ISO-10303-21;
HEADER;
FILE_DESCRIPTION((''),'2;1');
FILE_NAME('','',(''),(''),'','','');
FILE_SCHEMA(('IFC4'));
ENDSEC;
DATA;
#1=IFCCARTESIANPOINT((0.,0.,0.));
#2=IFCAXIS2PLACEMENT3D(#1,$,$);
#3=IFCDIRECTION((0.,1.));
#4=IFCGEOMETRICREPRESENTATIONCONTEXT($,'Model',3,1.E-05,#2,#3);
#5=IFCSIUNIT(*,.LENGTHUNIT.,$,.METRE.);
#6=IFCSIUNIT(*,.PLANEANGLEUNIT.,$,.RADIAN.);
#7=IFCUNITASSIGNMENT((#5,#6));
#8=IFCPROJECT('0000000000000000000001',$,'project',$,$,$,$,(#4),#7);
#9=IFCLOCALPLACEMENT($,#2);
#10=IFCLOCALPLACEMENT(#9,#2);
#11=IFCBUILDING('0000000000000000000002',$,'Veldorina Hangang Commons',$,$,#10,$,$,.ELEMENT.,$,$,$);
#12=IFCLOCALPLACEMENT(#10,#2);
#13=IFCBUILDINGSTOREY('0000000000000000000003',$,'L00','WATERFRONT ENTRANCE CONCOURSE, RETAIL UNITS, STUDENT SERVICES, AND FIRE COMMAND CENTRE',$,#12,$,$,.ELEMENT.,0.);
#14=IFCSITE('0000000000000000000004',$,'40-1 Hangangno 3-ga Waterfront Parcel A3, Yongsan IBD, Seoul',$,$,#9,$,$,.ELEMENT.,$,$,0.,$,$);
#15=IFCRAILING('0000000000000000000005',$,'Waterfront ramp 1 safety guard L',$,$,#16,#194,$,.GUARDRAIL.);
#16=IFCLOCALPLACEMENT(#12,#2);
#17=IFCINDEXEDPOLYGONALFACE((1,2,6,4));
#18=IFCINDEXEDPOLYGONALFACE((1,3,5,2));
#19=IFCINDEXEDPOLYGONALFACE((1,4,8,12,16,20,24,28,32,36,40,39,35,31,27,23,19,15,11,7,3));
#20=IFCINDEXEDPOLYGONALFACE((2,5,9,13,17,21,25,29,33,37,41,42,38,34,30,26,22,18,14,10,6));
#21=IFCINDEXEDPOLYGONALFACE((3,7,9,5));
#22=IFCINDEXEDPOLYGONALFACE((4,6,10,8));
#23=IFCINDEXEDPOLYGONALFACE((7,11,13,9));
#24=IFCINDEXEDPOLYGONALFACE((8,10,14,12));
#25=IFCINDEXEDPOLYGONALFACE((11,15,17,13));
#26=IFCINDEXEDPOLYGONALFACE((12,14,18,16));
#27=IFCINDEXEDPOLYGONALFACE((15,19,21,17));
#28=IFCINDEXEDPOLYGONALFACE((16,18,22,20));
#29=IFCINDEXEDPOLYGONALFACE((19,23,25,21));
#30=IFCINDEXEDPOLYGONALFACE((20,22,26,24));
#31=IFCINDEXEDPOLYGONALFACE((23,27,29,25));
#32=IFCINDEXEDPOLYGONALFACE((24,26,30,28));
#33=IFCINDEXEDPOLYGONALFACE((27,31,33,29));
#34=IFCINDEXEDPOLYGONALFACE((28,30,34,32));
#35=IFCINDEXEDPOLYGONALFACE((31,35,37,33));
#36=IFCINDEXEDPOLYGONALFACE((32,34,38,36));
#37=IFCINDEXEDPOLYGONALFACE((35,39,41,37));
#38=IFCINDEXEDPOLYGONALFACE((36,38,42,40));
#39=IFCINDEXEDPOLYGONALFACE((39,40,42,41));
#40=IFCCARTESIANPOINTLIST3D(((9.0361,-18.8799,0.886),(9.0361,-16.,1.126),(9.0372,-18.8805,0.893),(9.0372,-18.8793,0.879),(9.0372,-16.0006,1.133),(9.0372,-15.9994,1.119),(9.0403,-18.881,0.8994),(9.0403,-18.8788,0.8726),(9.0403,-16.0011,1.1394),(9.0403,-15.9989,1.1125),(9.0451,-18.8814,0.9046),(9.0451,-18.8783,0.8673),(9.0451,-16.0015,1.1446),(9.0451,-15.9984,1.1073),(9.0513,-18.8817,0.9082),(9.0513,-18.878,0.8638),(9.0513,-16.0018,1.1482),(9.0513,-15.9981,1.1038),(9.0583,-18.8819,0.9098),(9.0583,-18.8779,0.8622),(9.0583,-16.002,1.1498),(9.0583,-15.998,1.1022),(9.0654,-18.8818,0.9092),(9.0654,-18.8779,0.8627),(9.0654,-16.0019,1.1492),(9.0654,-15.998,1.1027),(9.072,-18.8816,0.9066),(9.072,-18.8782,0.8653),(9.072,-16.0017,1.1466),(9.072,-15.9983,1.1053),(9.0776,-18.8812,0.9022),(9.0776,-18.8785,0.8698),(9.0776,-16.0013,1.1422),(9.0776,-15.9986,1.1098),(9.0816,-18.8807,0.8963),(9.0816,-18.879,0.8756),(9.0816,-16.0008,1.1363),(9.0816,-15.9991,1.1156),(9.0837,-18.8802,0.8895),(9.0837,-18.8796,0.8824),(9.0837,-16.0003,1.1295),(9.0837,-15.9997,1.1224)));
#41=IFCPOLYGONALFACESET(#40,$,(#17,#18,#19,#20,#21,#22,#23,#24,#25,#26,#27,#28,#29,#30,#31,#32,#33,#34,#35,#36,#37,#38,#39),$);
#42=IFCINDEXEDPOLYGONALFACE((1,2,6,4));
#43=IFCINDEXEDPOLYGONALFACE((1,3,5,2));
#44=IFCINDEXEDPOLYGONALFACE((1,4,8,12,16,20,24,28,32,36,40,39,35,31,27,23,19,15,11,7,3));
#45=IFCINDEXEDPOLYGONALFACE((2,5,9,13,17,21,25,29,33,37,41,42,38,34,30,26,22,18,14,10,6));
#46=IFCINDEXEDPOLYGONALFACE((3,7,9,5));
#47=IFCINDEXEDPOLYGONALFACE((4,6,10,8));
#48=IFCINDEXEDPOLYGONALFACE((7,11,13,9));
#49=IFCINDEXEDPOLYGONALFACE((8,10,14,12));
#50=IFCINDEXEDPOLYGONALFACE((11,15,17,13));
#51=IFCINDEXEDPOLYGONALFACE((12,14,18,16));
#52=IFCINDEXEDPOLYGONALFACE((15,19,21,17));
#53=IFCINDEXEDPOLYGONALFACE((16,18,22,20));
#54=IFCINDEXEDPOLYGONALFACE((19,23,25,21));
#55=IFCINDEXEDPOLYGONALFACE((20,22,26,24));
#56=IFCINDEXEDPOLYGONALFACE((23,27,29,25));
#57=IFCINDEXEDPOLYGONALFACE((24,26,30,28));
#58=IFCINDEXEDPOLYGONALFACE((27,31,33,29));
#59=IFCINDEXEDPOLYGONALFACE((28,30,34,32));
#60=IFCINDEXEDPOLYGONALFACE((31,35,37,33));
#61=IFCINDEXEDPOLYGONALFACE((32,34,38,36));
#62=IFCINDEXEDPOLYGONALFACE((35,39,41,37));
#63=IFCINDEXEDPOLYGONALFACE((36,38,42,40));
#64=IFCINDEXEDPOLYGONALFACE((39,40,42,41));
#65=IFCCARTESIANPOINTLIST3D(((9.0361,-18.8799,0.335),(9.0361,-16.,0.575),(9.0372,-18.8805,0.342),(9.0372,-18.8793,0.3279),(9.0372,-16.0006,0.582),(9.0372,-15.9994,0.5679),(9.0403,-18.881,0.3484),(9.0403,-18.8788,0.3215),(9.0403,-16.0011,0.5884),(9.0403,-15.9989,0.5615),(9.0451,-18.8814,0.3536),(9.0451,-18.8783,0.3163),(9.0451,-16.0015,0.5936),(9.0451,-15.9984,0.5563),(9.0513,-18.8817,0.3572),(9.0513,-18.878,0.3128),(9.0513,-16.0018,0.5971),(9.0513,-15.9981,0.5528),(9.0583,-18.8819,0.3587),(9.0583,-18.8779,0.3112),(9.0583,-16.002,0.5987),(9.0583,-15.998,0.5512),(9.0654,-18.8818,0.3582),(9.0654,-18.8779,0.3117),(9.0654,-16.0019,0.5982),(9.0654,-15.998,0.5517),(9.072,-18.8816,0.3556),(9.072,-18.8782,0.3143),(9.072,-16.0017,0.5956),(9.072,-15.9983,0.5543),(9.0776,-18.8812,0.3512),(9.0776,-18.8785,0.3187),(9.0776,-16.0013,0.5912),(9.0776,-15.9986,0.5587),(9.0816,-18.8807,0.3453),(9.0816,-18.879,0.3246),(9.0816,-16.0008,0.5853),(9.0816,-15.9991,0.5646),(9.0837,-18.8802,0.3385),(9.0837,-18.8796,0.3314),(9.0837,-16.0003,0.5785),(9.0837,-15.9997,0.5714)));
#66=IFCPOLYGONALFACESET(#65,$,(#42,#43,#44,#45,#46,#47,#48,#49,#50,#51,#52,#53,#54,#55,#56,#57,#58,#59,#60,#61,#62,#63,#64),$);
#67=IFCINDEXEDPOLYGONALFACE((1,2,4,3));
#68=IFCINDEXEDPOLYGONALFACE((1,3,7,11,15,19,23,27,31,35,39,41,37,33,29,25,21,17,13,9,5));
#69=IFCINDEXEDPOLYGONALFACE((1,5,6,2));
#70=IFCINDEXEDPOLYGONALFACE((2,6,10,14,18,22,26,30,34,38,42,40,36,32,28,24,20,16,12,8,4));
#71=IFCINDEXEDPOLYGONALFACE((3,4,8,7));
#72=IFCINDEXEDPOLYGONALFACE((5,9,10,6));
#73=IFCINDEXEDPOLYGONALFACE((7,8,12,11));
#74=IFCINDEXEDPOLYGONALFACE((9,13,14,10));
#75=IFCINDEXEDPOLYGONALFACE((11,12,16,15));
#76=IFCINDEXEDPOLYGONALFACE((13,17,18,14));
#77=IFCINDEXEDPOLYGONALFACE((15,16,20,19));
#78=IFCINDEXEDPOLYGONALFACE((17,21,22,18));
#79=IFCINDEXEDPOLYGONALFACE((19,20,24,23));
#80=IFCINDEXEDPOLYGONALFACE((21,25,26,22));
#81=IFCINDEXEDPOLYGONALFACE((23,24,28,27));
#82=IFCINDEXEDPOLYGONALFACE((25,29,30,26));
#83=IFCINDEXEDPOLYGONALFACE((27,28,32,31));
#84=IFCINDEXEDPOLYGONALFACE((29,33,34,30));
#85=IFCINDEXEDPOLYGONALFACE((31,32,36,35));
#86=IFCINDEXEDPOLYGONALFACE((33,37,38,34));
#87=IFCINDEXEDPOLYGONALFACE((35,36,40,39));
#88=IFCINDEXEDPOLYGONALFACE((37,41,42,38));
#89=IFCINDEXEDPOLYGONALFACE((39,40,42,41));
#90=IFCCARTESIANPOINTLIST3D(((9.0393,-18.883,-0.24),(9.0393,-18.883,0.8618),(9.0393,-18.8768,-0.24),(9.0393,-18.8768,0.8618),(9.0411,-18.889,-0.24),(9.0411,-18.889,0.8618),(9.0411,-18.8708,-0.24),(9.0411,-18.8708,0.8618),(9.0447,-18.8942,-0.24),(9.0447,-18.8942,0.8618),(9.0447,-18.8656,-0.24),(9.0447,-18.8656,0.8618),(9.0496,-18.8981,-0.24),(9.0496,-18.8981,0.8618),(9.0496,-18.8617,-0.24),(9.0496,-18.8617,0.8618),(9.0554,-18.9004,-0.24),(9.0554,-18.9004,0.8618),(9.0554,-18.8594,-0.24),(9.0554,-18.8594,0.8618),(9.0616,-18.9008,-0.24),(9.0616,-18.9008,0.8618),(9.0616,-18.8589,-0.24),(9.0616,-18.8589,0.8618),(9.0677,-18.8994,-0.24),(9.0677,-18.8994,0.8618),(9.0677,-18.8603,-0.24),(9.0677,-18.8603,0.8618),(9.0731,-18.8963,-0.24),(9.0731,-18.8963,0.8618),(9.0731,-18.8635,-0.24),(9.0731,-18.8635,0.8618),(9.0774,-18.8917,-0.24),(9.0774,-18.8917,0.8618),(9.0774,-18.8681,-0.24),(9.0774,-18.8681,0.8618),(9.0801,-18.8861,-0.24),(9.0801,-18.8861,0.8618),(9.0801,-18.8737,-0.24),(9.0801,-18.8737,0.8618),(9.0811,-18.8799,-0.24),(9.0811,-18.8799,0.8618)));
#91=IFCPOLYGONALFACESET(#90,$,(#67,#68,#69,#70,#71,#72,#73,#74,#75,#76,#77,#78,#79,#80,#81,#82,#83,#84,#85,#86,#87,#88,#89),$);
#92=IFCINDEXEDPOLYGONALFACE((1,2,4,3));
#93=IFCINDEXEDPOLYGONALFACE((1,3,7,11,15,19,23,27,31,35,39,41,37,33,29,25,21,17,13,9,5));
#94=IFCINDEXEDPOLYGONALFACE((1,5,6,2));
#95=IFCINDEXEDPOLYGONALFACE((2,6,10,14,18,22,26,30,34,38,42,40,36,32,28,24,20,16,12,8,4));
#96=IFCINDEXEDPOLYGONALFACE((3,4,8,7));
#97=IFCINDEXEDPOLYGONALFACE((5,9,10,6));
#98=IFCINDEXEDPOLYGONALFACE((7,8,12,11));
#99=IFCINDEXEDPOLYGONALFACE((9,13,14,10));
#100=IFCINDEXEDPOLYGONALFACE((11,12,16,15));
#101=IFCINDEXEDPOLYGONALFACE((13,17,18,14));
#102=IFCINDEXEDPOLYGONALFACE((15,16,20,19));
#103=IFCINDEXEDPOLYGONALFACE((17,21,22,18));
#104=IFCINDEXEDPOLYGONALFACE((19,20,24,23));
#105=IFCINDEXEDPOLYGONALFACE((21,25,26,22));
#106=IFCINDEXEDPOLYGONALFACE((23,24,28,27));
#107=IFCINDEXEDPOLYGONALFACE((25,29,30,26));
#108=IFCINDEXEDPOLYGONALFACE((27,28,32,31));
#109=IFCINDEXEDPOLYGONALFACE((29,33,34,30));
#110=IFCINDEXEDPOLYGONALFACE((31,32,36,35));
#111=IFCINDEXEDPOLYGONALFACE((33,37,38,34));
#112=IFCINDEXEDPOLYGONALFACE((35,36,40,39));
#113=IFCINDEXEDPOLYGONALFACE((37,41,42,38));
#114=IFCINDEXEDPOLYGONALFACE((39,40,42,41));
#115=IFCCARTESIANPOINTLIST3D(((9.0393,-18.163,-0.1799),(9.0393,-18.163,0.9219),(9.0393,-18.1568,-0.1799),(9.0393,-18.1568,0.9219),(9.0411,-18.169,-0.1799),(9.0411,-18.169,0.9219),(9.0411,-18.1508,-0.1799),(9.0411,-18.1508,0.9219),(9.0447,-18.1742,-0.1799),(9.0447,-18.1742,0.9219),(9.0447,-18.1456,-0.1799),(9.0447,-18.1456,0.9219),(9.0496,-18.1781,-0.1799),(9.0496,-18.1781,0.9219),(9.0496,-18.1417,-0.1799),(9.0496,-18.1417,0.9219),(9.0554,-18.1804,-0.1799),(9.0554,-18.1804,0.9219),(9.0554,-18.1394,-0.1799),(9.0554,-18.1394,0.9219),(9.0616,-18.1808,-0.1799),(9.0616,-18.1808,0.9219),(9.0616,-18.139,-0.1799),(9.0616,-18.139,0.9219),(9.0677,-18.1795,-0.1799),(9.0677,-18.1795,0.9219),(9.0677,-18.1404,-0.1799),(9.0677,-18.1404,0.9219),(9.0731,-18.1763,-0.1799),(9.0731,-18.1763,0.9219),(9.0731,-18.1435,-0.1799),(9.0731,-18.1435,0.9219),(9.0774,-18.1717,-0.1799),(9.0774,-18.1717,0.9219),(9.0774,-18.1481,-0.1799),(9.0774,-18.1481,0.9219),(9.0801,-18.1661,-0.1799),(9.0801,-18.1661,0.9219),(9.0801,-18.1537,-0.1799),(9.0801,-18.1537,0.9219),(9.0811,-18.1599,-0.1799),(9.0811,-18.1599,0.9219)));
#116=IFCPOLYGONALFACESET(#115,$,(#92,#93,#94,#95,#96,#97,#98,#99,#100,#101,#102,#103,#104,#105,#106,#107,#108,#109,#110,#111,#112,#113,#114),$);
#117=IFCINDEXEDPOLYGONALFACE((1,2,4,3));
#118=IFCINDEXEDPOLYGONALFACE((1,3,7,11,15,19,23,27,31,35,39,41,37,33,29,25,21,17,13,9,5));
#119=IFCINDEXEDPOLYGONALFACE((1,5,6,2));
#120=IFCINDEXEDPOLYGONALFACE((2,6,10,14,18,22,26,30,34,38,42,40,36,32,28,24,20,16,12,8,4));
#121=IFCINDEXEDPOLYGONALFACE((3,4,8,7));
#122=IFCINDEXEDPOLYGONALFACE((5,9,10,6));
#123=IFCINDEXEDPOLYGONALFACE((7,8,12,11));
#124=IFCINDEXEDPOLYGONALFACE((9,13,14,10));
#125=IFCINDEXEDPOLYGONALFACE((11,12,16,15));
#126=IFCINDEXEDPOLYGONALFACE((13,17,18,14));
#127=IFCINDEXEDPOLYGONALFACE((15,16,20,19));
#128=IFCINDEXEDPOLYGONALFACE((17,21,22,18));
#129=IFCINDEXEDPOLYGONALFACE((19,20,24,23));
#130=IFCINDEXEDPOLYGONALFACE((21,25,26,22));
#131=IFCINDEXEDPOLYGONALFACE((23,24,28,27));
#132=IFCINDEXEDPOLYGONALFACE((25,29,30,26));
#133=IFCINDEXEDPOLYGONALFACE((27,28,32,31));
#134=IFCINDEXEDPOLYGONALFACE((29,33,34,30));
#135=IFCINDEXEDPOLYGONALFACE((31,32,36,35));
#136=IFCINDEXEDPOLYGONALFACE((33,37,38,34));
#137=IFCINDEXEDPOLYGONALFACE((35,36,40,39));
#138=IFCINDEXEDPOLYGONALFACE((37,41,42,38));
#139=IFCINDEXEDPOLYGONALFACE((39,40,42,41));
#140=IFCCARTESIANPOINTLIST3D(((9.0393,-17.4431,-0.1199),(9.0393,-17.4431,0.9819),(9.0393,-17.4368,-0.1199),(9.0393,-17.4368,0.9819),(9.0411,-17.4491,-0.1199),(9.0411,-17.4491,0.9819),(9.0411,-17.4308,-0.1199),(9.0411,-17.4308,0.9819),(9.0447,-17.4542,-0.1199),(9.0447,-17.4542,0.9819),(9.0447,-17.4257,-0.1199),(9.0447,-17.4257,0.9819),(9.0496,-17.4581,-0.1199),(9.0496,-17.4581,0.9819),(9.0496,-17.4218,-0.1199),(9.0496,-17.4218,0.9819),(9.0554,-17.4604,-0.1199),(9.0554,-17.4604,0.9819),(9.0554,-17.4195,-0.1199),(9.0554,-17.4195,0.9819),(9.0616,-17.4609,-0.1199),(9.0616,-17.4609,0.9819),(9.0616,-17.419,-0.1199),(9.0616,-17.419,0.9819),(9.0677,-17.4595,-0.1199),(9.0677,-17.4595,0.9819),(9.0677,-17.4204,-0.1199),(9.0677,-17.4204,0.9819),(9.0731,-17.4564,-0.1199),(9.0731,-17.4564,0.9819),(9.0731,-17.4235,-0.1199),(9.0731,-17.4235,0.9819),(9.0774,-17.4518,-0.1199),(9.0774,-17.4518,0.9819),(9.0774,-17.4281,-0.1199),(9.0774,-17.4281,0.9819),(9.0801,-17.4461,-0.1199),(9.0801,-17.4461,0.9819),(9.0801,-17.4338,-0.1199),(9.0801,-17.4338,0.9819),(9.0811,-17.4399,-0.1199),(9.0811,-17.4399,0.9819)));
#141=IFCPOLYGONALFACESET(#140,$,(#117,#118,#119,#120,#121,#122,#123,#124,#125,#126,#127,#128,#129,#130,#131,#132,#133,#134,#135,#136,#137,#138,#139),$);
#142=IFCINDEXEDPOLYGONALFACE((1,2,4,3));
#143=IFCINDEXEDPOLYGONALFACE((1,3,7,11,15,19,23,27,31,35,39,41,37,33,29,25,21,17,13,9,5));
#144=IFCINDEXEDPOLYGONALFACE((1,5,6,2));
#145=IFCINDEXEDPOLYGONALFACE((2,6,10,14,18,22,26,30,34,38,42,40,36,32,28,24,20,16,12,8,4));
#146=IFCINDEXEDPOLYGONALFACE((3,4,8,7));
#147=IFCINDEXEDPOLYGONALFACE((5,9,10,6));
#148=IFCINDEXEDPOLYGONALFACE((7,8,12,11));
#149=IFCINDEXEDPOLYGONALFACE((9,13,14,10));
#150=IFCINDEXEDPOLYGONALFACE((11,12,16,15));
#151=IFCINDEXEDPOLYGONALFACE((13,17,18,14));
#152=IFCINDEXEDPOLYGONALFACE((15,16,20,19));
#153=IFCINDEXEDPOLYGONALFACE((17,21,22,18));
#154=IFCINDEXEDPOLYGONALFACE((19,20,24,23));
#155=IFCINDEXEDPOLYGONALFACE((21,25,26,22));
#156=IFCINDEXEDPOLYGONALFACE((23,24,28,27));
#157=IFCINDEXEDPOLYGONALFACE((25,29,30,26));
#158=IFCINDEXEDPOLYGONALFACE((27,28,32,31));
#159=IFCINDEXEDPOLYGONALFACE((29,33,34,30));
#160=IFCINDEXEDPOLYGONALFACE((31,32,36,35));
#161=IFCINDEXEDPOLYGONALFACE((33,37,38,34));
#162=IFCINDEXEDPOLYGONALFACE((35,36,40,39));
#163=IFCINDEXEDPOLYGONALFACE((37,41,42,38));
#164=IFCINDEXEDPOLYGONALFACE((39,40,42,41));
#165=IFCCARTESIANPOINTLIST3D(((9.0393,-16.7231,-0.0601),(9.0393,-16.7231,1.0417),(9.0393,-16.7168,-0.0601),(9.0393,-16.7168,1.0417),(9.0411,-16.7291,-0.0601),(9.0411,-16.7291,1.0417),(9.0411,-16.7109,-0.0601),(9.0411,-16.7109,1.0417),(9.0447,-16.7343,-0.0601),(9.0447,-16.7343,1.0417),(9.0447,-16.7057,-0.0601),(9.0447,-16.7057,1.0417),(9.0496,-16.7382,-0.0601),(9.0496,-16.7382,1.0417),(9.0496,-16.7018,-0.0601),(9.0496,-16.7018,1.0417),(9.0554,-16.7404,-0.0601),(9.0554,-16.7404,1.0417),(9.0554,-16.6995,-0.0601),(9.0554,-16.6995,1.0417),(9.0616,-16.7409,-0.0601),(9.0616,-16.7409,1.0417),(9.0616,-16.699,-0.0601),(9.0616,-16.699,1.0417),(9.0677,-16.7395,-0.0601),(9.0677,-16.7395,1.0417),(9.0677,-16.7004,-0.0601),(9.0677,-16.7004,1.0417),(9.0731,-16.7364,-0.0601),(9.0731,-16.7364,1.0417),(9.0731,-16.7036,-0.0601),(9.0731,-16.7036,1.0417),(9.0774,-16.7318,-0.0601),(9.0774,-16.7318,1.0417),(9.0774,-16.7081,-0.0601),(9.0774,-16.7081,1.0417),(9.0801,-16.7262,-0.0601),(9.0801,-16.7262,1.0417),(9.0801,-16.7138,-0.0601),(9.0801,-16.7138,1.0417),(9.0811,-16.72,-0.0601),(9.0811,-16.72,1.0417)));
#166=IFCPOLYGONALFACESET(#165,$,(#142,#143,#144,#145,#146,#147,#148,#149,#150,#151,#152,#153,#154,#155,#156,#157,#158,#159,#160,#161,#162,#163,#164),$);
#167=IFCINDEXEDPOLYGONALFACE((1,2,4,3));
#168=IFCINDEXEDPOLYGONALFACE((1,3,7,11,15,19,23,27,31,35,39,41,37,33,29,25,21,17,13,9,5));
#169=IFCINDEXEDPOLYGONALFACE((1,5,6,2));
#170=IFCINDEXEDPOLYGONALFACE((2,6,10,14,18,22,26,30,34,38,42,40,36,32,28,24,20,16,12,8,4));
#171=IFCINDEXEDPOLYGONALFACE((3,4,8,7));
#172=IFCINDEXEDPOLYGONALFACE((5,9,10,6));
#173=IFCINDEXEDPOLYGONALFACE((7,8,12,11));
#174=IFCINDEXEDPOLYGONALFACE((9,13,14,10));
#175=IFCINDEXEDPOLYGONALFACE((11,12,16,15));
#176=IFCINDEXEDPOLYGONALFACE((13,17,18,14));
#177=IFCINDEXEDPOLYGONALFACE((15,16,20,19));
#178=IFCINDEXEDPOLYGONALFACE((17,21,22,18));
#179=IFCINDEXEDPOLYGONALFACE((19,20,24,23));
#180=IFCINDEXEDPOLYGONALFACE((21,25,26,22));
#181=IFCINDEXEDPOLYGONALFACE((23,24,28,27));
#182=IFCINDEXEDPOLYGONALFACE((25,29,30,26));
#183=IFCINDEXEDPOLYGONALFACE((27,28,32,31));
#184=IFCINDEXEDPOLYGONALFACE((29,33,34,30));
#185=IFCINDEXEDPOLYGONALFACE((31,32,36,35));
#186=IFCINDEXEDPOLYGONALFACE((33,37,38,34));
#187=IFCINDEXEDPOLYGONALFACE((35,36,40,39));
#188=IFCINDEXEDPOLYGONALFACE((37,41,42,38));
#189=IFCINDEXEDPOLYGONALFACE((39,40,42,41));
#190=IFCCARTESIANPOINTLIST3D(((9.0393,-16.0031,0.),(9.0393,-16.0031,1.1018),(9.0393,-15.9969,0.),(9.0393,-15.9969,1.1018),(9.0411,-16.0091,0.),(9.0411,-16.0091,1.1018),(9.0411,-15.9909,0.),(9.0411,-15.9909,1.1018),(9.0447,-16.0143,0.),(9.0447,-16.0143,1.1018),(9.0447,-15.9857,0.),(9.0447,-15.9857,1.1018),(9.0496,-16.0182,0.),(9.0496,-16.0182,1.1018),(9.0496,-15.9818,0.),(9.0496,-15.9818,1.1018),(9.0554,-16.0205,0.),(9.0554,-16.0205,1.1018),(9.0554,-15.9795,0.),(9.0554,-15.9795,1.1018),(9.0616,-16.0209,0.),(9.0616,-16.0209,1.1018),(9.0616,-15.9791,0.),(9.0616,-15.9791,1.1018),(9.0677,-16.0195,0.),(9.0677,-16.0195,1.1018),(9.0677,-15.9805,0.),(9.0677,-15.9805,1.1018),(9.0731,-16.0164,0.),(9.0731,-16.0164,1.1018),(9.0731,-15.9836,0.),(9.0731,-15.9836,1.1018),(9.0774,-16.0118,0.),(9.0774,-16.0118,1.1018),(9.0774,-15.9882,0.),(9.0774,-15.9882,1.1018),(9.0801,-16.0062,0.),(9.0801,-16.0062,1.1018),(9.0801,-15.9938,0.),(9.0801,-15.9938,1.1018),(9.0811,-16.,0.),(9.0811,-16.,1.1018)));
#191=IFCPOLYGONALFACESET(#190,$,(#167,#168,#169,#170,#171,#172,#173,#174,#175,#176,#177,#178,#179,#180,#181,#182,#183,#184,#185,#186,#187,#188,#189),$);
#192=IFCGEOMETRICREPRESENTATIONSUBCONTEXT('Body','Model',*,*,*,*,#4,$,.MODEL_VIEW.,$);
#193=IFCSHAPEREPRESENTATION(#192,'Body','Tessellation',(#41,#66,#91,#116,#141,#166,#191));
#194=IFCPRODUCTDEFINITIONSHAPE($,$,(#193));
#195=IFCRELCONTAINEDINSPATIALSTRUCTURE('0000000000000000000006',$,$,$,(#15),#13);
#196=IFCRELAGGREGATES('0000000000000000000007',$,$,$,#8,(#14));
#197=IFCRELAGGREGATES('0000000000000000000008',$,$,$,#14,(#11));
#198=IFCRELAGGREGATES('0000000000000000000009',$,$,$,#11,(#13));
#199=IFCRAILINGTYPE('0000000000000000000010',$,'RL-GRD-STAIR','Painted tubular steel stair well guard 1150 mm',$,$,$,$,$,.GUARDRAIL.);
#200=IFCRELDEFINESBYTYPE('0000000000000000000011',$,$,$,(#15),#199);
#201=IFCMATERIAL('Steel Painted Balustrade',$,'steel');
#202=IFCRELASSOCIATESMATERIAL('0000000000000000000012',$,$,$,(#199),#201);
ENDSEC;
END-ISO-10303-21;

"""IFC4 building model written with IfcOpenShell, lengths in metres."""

from ifc_helpers import new_model, si_unit, direction, frame, origin, origin_2d, place, context, subcontext, project, spatial, circle, extrude, material, type_object, element, save


model = new_model("IFC4")

# Units and contexts
model_context = context("Model", 3, precision=1e-05, world=origin(), true_north=direction((0.0, 1.0)))
body_context = subcontext(model_context, "Body", "Model", "MODEL_VIEW")
ifc_project = project(units=[si_unit("LENGTHUNIT", "METRE"), si_unit("PLANEANGLEUNIT", "RADIAN")], contexts=[model_context])

# Site, building, storey
site_placement = place(None, origin())
site = spatial("IfcSite", under=ifc_project, at=site_placement, Name="40-1 Hangangno 3-ga Waterfront Parcel A3, Yongsan IBD, Seoul", CompositionType="ELEMENT", RefElevation=0.0)
building_placement = place(site_placement, origin())
building = spatial("IfcBuilding", under=site, at=building_placement, Name="Veldorina Hangang Commons", CompositionType="ELEMENT")
storey_placement = place(building_placement, origin())
storey = spatial("IfcBuildingStorey", under=building, at=storey_placement, Name="L00", Description="WATERFRONT ENTRANCE CONCOURSE, RETAIL UNITS, STUDENT SERVICES, AND FIRE COMMAND CENTRE", CompositionType="ELEMENT", Elevation=0.0)

# Railing
ifc_material_1 = material(Name="Steel Painted Balustrade", Category="steel")
railing_type_1 = type_object("IfcRailingType", Name="RL-GRD-STAIR", Description="Painted tubular steel stair well guard 1150 mm", PredefinedType="GUARDRAIL", material=ifc_material_1)
for number, where, name in (
    (1, (9.0601, -18.8799, -0.24), "Waterfront ramp 1 safety guard L"),
):
    element("IfcRailing", number, at=place(storey_placement, frame(where)), inside=storey, type_object=railing_type_1, Name=name, PredefinedType="GUARDRAIL", context=body_context, shape_type="SweptSolid", body=[
        extrude(circle(Radius=0.0239, at=origin_2d()), frame((0.0, 0.0, 1.126), z_axis=(0.0, 0.996546, 0.083045), x_axis=(-1.0, 0.0, 0.0)), (0.0, 0.0, 1.0), 2.8899),
        extrude(circle(Radius=0.0239, at=origin_2d()), frame((0.0, 0.0, 0.575), z_axis=(0.0, 0.996546, 0.083045), x_axis=(-1.0, 0.0, 0.0)), (0.0, 0.0, 1.0), 2.8899),
        extrude(circle(Radius=0.021, at=origin_2d()), origin(), (0.0, 0.0, 1.0), 1.1018),
        extrude(circle(Radius=0.021, at=origin_2d()), frame((0.0, 0.72, 0.0601)), (0.0, 0.0, 1.0), 1.1018),
        extrude(circle(Radius=0.021, at=origin_2d()), frame((0.0, 1.4399, 0.1201)), (0.0, 0.0, 1.0), 1.1018),
        extrude(circle(Radius=0.021, at=origin_2d()), frame((0.0, 2.1599, 0.1799)), (0.0, 0.0, 1.0), 1.1018),
        extrude(circle(Radius=0.021, at=origin_2d()), frame((0.0, 2.8799, 0.24)), (0.0, 0.0, 1.0), 1.1018),
    ])

save(model, "model.ifc")
